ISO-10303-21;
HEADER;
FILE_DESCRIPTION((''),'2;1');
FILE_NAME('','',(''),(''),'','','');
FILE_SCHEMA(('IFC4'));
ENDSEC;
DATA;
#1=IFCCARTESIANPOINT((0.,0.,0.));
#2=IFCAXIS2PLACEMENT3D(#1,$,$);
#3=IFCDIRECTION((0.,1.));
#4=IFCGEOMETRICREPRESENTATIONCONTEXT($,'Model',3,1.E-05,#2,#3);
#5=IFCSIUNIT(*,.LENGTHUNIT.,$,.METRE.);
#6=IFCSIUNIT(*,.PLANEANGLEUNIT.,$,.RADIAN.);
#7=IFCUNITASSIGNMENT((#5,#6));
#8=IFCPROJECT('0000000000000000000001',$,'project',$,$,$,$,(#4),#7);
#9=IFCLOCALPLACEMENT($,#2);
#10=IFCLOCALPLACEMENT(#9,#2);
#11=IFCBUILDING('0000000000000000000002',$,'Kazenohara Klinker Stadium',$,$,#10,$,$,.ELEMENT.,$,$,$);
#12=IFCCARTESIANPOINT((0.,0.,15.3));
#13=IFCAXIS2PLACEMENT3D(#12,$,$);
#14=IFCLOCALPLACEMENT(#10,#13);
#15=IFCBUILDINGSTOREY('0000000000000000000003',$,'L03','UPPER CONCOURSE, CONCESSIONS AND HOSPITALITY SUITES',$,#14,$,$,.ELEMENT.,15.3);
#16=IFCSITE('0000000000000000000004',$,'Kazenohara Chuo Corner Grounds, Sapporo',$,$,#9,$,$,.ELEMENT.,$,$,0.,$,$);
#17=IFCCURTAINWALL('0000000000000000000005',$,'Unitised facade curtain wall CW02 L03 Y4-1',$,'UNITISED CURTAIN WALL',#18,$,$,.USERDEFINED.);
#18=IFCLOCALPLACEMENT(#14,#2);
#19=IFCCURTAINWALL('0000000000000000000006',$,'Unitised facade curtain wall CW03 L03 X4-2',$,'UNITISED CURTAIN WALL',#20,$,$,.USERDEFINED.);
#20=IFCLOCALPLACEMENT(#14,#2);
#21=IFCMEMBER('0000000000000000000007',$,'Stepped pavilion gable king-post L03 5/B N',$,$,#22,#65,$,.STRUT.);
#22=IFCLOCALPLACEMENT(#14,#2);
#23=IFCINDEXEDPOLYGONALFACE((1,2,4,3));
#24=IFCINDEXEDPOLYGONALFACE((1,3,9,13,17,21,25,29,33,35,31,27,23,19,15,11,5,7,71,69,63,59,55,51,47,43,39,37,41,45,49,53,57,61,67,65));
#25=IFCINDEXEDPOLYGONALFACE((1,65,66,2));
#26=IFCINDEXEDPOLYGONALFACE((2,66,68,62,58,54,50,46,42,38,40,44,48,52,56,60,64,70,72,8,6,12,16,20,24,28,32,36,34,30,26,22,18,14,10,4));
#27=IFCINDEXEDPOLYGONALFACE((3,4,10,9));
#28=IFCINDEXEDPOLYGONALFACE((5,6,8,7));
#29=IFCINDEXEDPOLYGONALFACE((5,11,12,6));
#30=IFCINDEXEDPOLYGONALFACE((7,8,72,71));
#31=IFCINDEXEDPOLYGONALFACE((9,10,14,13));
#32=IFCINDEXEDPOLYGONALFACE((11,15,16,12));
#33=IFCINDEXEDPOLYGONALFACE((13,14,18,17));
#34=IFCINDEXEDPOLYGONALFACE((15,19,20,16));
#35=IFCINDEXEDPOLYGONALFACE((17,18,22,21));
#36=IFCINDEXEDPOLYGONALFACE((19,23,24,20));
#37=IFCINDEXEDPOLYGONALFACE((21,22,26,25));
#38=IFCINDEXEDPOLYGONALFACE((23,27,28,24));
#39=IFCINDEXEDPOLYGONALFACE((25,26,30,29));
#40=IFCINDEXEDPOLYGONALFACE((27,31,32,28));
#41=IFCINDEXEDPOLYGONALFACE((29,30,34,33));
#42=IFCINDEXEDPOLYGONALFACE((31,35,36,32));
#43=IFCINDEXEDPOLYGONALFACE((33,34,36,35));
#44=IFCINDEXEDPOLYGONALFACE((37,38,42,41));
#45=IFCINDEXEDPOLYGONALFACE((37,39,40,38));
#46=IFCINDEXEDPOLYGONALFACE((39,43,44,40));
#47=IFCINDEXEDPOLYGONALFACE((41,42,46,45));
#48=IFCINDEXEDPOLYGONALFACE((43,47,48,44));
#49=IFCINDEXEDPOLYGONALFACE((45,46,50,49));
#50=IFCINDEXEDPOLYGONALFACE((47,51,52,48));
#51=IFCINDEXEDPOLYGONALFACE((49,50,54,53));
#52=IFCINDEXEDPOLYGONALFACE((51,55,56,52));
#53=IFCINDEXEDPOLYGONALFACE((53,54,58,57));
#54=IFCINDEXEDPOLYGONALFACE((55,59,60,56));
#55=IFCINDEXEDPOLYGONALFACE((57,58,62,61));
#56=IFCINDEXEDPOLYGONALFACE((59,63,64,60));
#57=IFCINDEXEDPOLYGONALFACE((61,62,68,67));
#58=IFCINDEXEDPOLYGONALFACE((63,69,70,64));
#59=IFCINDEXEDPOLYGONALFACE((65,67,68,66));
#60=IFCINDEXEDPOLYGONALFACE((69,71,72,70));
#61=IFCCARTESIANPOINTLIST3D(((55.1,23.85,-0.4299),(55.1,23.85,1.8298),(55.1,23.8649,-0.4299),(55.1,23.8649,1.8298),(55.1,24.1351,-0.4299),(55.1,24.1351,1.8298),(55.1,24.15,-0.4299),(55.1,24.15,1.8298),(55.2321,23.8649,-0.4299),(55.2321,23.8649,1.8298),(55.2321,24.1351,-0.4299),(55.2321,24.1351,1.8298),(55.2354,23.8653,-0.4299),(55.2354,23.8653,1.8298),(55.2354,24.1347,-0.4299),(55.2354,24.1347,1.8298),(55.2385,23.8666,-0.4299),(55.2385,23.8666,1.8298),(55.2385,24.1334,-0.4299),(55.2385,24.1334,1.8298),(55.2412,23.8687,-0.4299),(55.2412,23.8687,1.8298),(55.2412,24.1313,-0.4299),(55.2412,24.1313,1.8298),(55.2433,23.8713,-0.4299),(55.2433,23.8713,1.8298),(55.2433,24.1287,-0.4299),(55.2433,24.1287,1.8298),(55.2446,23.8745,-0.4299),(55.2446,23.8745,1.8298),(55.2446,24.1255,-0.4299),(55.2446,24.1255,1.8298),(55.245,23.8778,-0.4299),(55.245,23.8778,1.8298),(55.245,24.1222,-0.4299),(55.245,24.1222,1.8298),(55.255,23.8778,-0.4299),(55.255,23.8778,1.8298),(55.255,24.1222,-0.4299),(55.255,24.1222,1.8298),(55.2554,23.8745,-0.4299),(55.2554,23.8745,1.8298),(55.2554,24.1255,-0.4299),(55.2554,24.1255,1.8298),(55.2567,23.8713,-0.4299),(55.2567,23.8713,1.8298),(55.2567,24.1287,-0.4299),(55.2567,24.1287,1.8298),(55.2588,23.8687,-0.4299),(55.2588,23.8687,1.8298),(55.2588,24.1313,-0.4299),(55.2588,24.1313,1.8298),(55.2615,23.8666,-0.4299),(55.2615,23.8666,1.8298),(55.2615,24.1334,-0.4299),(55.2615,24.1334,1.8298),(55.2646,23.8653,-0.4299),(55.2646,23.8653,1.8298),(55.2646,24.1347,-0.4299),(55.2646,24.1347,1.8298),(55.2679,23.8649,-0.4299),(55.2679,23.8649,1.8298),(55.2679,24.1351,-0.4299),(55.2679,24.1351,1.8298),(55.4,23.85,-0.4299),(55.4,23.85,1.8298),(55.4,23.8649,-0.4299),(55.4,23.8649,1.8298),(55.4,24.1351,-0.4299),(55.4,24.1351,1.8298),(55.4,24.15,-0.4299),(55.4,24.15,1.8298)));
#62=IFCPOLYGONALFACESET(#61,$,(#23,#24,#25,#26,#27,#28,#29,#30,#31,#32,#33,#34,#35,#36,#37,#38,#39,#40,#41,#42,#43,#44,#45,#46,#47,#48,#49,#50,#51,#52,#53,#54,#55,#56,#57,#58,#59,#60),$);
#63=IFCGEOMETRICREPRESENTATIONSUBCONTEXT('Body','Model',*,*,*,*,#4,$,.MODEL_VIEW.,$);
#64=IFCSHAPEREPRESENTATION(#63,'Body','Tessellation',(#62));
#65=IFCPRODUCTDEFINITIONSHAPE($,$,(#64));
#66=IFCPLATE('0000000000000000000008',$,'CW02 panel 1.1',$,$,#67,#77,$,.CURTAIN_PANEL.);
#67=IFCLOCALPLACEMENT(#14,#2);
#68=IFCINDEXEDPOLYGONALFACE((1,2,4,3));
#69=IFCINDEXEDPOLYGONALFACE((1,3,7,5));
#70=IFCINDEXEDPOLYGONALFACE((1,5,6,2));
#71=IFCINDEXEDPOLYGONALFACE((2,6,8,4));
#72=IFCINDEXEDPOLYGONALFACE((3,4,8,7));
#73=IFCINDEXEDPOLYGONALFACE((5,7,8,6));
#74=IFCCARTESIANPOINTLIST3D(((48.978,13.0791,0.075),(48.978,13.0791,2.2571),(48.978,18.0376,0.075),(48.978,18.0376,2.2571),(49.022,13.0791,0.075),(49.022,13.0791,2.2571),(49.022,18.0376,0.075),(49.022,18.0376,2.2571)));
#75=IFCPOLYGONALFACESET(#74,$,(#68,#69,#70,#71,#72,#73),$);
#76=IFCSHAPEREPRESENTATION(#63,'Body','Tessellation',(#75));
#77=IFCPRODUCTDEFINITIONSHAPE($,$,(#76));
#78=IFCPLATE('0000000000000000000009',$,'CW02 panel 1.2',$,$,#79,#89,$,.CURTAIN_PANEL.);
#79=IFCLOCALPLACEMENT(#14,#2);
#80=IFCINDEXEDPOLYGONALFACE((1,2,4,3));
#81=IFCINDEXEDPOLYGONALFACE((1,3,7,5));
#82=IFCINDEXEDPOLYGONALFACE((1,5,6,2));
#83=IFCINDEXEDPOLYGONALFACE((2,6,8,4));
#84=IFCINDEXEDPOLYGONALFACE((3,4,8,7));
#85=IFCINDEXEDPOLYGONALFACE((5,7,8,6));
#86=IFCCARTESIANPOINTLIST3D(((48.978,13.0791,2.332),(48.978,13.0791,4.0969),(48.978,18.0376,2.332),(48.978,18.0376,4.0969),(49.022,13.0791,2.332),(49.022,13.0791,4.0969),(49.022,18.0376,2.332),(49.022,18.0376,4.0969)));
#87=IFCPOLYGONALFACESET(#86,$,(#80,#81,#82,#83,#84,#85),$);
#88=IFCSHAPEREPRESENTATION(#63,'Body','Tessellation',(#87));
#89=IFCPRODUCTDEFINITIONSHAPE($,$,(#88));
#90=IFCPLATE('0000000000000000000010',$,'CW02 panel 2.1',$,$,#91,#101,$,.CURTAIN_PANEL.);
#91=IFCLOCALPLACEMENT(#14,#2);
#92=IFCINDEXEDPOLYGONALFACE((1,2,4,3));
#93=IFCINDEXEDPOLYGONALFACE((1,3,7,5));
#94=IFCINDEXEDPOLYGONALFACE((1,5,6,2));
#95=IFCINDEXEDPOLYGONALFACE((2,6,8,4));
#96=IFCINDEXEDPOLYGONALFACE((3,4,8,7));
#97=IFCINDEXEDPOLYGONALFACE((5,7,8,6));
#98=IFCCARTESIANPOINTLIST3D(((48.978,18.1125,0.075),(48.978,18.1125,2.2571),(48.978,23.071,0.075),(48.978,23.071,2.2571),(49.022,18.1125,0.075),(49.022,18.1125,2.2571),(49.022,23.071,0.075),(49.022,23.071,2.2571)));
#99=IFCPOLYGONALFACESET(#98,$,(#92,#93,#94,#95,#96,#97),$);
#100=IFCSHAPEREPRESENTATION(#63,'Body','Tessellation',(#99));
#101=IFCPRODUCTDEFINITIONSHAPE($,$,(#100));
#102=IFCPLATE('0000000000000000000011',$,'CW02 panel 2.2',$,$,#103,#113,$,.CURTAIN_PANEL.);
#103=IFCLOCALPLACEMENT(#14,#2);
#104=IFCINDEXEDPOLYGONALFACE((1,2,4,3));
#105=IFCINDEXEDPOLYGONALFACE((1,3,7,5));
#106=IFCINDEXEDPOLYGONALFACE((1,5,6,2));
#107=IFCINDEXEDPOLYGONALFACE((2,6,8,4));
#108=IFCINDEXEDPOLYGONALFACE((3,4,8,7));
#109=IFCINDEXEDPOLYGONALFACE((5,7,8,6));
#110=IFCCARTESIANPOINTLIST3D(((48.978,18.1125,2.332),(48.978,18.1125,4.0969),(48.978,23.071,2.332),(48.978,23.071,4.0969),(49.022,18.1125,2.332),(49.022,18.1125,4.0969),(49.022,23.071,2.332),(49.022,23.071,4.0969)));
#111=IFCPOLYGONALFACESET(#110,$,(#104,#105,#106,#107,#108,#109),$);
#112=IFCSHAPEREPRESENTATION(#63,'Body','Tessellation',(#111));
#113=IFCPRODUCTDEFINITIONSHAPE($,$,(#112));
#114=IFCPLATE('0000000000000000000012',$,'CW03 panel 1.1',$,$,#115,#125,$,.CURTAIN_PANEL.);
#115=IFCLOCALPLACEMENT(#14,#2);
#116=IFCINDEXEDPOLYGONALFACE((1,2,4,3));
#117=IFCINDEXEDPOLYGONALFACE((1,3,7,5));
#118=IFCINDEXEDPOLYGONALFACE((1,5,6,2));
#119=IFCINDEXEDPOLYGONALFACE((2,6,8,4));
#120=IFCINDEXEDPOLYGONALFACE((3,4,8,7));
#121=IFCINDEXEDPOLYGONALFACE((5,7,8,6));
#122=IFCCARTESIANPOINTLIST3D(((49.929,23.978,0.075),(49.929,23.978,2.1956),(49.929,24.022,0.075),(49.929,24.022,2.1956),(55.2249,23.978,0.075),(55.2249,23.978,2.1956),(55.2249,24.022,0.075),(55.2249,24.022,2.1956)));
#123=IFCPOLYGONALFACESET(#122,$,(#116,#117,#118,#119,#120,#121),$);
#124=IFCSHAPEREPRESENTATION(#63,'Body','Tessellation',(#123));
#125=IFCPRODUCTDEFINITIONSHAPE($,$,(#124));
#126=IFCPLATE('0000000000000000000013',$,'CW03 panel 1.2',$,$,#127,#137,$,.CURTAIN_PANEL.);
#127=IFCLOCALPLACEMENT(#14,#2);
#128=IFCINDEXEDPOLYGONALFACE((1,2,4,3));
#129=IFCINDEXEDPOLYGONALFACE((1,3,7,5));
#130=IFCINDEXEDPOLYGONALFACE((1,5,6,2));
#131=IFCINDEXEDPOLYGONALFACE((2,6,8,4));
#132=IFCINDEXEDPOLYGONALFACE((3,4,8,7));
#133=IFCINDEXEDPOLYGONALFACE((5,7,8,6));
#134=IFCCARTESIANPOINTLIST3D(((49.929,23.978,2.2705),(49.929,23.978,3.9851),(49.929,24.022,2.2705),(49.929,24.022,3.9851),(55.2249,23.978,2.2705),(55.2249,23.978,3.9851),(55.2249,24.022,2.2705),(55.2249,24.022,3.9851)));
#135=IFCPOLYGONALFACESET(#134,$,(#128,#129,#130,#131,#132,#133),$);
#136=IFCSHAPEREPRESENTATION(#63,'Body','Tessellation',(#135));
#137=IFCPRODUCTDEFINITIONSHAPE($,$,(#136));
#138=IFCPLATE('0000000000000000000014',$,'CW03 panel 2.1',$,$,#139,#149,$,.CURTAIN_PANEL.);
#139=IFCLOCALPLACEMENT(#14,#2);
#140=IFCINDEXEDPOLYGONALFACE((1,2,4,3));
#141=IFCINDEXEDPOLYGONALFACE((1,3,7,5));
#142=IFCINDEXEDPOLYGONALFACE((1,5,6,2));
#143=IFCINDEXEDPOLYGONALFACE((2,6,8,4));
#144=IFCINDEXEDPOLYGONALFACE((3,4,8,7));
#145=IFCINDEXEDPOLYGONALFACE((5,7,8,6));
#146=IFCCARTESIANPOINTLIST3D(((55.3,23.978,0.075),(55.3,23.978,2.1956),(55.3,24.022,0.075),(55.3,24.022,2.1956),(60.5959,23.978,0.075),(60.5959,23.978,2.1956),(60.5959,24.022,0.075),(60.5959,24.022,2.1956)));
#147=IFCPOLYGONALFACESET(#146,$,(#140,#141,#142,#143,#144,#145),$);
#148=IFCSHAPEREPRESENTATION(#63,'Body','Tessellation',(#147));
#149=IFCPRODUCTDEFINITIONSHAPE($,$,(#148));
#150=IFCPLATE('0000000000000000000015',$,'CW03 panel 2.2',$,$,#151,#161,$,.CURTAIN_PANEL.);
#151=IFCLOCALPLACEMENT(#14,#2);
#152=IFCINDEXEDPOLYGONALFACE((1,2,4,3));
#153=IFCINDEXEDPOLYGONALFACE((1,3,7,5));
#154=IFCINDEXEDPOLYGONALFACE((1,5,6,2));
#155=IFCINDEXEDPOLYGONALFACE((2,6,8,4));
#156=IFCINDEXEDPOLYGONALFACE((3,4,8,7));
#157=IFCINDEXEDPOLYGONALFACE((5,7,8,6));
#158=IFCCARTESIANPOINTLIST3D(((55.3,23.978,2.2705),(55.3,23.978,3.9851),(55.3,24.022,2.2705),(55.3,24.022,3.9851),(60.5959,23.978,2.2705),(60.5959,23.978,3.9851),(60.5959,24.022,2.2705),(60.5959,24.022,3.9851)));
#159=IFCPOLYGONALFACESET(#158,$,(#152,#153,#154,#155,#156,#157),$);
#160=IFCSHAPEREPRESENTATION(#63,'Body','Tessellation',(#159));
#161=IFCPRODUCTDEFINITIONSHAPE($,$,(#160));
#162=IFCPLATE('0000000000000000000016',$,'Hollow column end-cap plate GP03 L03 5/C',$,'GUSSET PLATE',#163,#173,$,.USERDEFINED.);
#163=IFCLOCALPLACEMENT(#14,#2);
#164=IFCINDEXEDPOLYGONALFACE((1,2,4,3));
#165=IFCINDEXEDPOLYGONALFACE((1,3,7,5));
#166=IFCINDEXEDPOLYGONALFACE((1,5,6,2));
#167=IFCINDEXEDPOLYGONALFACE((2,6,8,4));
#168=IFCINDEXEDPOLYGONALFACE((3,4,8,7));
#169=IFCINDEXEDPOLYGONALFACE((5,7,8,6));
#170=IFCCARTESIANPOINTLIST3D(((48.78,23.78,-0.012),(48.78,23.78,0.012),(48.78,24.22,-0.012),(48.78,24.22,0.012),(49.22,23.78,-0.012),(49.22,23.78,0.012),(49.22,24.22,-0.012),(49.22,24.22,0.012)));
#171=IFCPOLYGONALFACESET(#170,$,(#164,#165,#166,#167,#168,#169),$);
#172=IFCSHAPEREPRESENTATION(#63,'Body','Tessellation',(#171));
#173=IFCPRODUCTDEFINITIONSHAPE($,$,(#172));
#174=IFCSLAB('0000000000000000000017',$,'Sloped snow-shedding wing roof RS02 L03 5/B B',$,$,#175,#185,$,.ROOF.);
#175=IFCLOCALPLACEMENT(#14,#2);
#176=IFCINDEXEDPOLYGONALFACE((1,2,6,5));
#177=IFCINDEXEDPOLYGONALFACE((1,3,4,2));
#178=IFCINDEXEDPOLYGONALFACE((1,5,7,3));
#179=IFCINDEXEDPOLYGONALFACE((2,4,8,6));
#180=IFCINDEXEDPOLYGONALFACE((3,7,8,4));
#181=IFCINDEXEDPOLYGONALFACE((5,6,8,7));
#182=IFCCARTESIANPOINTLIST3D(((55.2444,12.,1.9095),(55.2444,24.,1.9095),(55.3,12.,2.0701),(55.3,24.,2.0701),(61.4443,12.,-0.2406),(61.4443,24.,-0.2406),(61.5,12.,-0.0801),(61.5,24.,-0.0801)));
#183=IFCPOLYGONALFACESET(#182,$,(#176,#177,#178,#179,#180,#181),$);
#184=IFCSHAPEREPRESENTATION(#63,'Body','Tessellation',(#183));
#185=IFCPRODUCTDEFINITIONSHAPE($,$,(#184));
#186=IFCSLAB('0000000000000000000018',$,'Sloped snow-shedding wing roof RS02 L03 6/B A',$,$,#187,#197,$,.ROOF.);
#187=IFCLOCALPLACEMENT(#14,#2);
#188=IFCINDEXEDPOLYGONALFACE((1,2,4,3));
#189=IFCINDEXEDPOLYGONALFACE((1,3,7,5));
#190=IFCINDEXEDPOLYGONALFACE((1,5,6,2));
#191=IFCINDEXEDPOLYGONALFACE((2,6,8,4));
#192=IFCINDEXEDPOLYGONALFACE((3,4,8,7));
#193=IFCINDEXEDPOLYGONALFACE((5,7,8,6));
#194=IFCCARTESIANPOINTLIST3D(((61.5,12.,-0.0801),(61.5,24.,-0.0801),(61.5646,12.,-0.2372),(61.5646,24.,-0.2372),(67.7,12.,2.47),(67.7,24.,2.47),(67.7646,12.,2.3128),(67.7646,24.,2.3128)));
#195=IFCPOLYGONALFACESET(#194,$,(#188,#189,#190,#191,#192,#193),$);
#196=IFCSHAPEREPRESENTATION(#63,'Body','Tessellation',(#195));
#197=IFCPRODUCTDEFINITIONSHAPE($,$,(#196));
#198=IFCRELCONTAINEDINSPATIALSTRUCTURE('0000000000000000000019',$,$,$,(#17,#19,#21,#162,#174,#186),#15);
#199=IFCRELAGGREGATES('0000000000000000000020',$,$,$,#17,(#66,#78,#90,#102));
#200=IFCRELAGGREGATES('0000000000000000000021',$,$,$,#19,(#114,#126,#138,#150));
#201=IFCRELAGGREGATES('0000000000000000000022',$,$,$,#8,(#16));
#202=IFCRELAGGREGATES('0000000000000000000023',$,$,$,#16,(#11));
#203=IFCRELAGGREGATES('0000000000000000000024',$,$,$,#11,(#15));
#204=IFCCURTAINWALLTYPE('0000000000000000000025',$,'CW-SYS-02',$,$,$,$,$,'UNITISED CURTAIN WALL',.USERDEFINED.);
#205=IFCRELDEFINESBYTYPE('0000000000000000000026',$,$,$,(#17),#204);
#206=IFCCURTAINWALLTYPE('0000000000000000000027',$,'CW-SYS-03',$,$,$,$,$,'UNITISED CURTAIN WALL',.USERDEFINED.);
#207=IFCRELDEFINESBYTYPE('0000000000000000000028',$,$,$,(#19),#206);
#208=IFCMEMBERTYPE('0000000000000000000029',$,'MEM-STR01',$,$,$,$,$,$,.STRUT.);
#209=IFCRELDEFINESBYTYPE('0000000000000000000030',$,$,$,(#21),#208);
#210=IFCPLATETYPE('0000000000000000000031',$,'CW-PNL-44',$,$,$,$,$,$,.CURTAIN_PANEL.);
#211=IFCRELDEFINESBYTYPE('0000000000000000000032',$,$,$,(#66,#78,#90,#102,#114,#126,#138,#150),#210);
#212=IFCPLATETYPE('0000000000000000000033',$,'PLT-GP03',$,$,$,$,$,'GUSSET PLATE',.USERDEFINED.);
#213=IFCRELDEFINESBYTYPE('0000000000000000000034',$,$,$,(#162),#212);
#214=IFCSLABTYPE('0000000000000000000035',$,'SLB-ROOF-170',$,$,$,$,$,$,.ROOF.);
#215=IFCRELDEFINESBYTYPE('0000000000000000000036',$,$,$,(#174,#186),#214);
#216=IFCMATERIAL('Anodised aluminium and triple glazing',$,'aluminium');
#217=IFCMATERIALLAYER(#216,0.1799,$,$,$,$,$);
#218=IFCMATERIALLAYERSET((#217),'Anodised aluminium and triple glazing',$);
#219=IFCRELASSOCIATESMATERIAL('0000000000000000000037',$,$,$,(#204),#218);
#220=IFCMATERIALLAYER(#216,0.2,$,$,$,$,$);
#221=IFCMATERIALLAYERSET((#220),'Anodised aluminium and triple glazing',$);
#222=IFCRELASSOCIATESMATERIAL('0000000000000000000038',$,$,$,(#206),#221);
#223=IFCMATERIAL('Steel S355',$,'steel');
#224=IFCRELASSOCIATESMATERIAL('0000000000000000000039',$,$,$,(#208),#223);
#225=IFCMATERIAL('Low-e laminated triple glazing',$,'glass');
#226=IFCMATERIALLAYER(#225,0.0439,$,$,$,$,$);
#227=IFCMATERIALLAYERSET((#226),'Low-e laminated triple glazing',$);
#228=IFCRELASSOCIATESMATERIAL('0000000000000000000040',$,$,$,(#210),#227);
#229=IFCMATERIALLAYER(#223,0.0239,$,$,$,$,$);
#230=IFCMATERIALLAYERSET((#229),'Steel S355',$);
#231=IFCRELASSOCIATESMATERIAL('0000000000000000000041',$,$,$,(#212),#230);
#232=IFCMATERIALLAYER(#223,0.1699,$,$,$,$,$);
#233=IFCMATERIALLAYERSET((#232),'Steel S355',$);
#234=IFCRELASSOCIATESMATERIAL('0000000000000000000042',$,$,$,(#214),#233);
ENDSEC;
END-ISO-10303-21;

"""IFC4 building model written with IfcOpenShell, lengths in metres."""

from ifc_helpers import new_model, si_unit, direction, frame, origin, origin_2d, place, context, subcontext, project, spatial, polyline, rectangle, i_section, outline, extrude, material, layer, layer_set, material_profile, profile_set, type_object, element, aggregate, save


model = new_model("IFC4")

# Units and contexts
model_context = context("Model", 3, precision=1e-05, world=origin(), true_north=direction((0.0, 1.0)))
body_context = subcontext(model_context, "Body", "Model", "MODEL_VIEW")
ifc_project = project(units=[si_unit("LENGTHUNIT", "METRE"), si_unit("PLANEANGLEUNIT", "RADIAN")], contexts=[model_context])

# Site, building, storey
site_placement = place(None, origin())
site = spatial("IfcSite", under=ifc_project, at=site_placement, Name="Kazenohara Chuo Corner Grounds, Sapporo", CompositionType="ELEMENT", RefElevation=0.0)
building_placement = place(site_placement, origin())
building = spatial("IfcBuilding", under=site, at=building_placement, Name="Kazenohara Klinker Stadium", CompositionType="ELEMENT")
storey_placement = place(building_placement, frame((0.0, 0.0, 15.3)))
storey = spatial("IfcBuildingStorey", under=building, at=storey_placement, Name="L03", Description="UPPER CONCOURSE, CONCESSIONS AND HOSPITALITY SUITES", CompositionType="ELEMENT", Elevation=15.3)

# Shared definitions
ifc_material_1 = material(Name="Steel S355", Category="steel")

# Curtain walls
ifc_material_2 = material(Name="Anodised aluminium and triple glazing", Category="aluminium")
ifc_layer_1 = layer(ifc_material_2, 0.1799)
ifc_layer_set_1 = layer_set([ifc_layer_1], Name="Anodised aluminium and triple glazing")
curtain_wall_type_1 = type_object("IfcCurtainWallType", Name="CW-SYS-02", ElementType="UNITISED CURTAIN WALL", PredefinedType="USERDEFINED", material=ifc_layer_set_1)
curtain_wall_1_placement = place(storey_placement, origin())
curtain_wall_1 = element("IfcCurtainWall", 1, at=curtain_wall_1_placement, inside=storey, type_object=curtain_wall_type_1, Name="Unitised facade curtain wall CW02 L03 Y4-1", ObjectType="UNITISED CURTAIN WALL", PredefinedType="USERDEFINED")
ifc_layer_2 = layer(ifc_material_2, 0.2)
ifc_layer_set_2 = layer_set([ifc_layer_2], Name="Anodised aluminium and triple glazing")
curtain_wall_type_2 = type_object("IfcCurtainWallType", Name="CW-SYS-03", ElementType="UNITISED CURTAIN WALL", PredefinedType="USERDEFINED", material=ifc_layer_set_2)
curtain_wall_2_placement = place(storey_placement, origin())
curtain_wall_2 = element("IfcCurtainWall", 2, at=curtain_wall_2_placement, inside=storey, type_object=curtain_wall_type_2, Name="Unitised facade curtain wall CW03 L03 X4-2", ObjectType="UNITISED CURTAIN WALL", PredefinedType="USERDEFINED")

# Member
ifc_material_profile_1 = material_profile(ifc_material_1, i_section(OverallWidth=0.3, OverallDepth=0.3, WebThickness=0.01, FlangeThickness=0.0149, FilletRadius=0.0129, at=origin_2d()), Name="H-300x300x10x15")
ifc_profile_set_1 = profile_set([ifc_material_profile_1], Name="Steel S355")
member_type_1 = type_object("IfcMemberType", Name="MEM-STR01", PredefinedType="STRUT", material=ifc_profile_set_1)
for number, where, z_axis, x_axis, name in (
    (3, (55.25, 24.0, -0.4299), (0.0, 0.0, 1.0), (1.0, 0.0, 0.0), "Stepped pavilion gable king-post L03 5/B N"),
):
    element("IfcMember", number, at=place(storey_placement, frame(where, z_axis=z_axis, x_axis=x_axis)), inside=storey, type_object=member_type_1, Name=name, PredefinedType="STRUT", context=body_context, shape_type="SweptSolid", body=[
        extrude(i_section(OverallWidth=0.3, OverallDepth=0.3, WebThickness=0.01, FlangeThickness=0.0149, FilletRadius=0.0129, at=origin_2d()), origin(), (0.0, 0.0, 1.0), 2.2598),
    ])

# Plates
ifc_material_3 = material(Name="Low-e laminated triple glazing", Category="glass")
ifc_layer_3 = layer(ifc_material_3, 0.0439)
ifc_layer_set_3 = layer_set([ifc_layer_3], Name="Low-e laminated triple glazing")
plate_type_1 = type_object("IfcPlateType", Name="CW-PNL-44", PredefinedType="CURTAIN_PANEL", material=ifc_layer_set_3)
plate_1_placement = place(storey_placement, frame((49.0, 15.5583, 0.075), z_axis=(0.0, 0.0, 1.0), x_axis=(0.0, 1.0, 0.0)))
plate_1 = element("IfcPlate", 4, at=plate_1_placement, type_object=plate_type_1, Name="CW02 panel 1.1", PredefinedType="CURTAIN_PANEL", context=body_context, shape_type="SweptSolid", body=[
    extrude(rectangle(XDim=4.9585, YDim=0.0439, at=origin_2d()), origin(), (0.0, 0.0, 1.0), 2.1821),
])
plate_2_placement = place(storey_placement, frame((49.0, 15.5583, 2.332), z_axis=(0.0, 0.0, 1.0), x_axis=(0.0, 1.0, 0.0)))
plate_2 = element("IfcPlate", 5, at=plate_2_placement, type_object=plate_type_1, Name="CW02 panel 1.2", PredefinedType="CURTAIN_PANEL", context=body_context, shape_type="SweptSolid", body=[
    extrude(rectangle(XDim=4.9585, YDim=0.0439, at=origin_2d()), origin(), (0.0, 0.0, 1.0), 1.7649),
])
plate_3_placement = place(storey_placement, frame((49.0, 20.5918, 0.075), z_axis=(0.0, 0.0, 1.0), x_axis=(0.0, 1.0, 0.0)))
plate_3 = element("IfcPlate", 6, at=plate_3_placement, type_object=plate_type_1, Name="CW02 panel 2.1", PredefinedType="CURTAIN_PANEL", context=body_context, shape_type="SweptSolid", body=[
    extrude(rectangle(XDim=4.9585, YDim=0.0439, at=origin_2d()), origin(), (0.0, 0.0, 1.0), 2.1821),
])
plate_4_placement = place(storey_placement, frame((49.0, 20.5918, 2.332), z_axis=(0.0, 0.0, 1.0), x_axis=(0.0, 1.0, 0.0)))
plate_4 = element("IfcPlate", 7, at=plate_4_placement, type_object=plate_type_1, Name="CW02 panel 2.2", PredefinedType="CURTAIN_PANEL", context=body_context, shape_type="SweptSolid", body=[
    extrude(rectangle(XDim=4.9585, YDim=0.0439, at=origin_2d()), origin(), (0.0, 0.0, 1.0), 1.7649),
])
aggregate(curtain_wall_1, [plate_1, plate_2, plate_3, plate_4])
plate_5_placement = place(storey_placement, frame((52.5769, 24.0, 0.075), z_axis=(0.0, 0.0, 1.0), x_axis=(1.0, 0.0, 0.0)))
plate_5 = element("IfcPlate", 8, at=plate_5_placement, type_object=plate_type_1, Name="CW03 panel 1.1", PredefinedType="CURTAIN_PANEL", context=body_context, shape_type="SweptSolid", body=[
    extrude(rectangle(XDim=5.2959, YDim=0.0439, at=origin_2d()), origin(), (0.0, 0.0, 1.0), 2.1206),
])
plate_6_placement = place(storey_placement, frame((52.5769, 24.0, 2.2705), z_axis=(0.0, 0.0, 1.0), x_axis=(1.0, 0.0, 0.0)))
plate_6 = element("IfcPlate", 9, at=plate_6_placement, type_object=plate_type_1, Name="CW03 panel 1.2", PredefinedType="CURTAIN_PANEL", context=body_context, shape_type="SweptSolid", body=[
    extrude(rectangle(XDim=5.2959, YDim=0.0439, at=origin_2d()), origin(), (0.0, 0.0, 1.0), 1.7146),
])
plate_7_placement = place(storey_placement, frame((57.948, 24.0, 0.075), z_axis=(0.0, 0.0, 1.0), x_axis=(1.0, 0.0, 0.0)))
plate_7 = element("IfcPlate", 10, at=plate_7_placement, type_object=plate_type_1, Name="CW03 panel 2.1", PredefinedType="CURTAIN_PANEL", context=body_context, shape_type="SweptSolid", body=[
    extrude(rectangle(XDim=5.2959, YDim=0.0439, at=origin_2d()), origin(), (0.0, 0.0, 1.0), 2.1206),
])
plate_8_placement = place(storey_placement, frame((57.948, 24.0, 2.2705), z_axis=(0.0, 0.0, 1.0), x_axis=(1.0, 0.0, 0.0)))
plate_8 = element("IfcPlate", 11, at=plate_8_placement, type_object=plate_type_1, Name="CW03 panel 2.2", PredefinedType="CURTAIN_PANEL", context=body_context, shape_type="SweptSolid", body=[
    extrude(rectangle(XDim=5.2959, YDim=0.0439, at=origin_2d()), origin(), (0.0, 0.0, 1.0), 1.7146),
])
aggregate(curtain_wall_2, [plate_5, plate_6, plate_7, plate_8])
ifc_layer_4 = layer(ifc_material_1, 0.0239)
ifc_layer_set_4 = layer_set([ifc_layer_4], Name="Steel S355")
plate_type_2 = type_object("IfcPlateType", Name="PLT-GP03", ElementType="GUSSET PLATE", PredefinedType="USERDEFINED", material=ifc_layer_set_4)
plate_9_placement = place(storey_placement, frame((49.0, 24.0, -0.012), z_axis=(0.0, 0.0, 1.0), x_axis=(1.0, 0.0, 0.0)))
element("IfcPlate", 12, at=plate_9_placement, inside=storey, type_object=plate_type_2, Name="Hollow column end-cap plate GP03 L03 5/C", ObjectType="GUSSET PLATE", PredefinedType="USERDEFINED", context=body_context, shape_type="SweptSolid", body=[
    extrude(rectangle(XDim=0.4399, YDim=0.4399, at=origin_2d()), origin(), (0.0, 0.0, 1.0), 0.0239),
])

# Slabs
ifc_layer_5 = layer(ifc_material_1, 0.1699)
ifc_layer_set_5 = layer_set([ifc_layer_5], Name="Steel S355")
slab_type = type_object("IfcSlabType", Name="SLB-ROOF-170", PredefinedType="ROOF", material=ifc_layer_set_5)
slab_1_placement = place(storey_placement, frame((55.3, 12.0, 2.0701), z_axis=(0.327656, 0.0, 0.944797), x_axis=(0.944797, 0.0, -0.327656)))
element("IfcSlab", 13, at=slab_1_placement, inside=storey, type_object=slab_type, Name="Sloped snow-shedding wing roof RS02 L03 5/B B", PredefinedType="ROOF", context=body_context, shape_type="SweptSolid", body=[
    extrude(outline(polyline([(0.0, 0.0), (6.5622, 0.0), (6.5622, 12.0), (0.0, 12.0), (0.0, 0.0)])), origin(), (0.0, 0.0, -1.0), 0.1699),
])
slab_2_placement = place(storey_placement, frame((61.5, 12.0, -0.0801), z_axis=(-0.380383, 0.0, 0.924829), x_axis=(0.924829, 0.0, 0.380383)))
element("IfcSlab", 14, at=slab_2_placement, inside=storey, type_object=slab_type, Name="Sloped snow-shedding wing roof RS02 L03 6/B A", PredefinedType="ROOF", context=body_context, shape_type="SweptSolid", body=[
    extrude(outline(polyline([(0.0, 0.0), (6.7039, 0.0), (6.7039, 12.0), (0.0, 12.0), (0.0, 0.0)])), origin(), (0.0, 0.0, -1.0), 0.1699),
])

save(model, "model.ifc")
